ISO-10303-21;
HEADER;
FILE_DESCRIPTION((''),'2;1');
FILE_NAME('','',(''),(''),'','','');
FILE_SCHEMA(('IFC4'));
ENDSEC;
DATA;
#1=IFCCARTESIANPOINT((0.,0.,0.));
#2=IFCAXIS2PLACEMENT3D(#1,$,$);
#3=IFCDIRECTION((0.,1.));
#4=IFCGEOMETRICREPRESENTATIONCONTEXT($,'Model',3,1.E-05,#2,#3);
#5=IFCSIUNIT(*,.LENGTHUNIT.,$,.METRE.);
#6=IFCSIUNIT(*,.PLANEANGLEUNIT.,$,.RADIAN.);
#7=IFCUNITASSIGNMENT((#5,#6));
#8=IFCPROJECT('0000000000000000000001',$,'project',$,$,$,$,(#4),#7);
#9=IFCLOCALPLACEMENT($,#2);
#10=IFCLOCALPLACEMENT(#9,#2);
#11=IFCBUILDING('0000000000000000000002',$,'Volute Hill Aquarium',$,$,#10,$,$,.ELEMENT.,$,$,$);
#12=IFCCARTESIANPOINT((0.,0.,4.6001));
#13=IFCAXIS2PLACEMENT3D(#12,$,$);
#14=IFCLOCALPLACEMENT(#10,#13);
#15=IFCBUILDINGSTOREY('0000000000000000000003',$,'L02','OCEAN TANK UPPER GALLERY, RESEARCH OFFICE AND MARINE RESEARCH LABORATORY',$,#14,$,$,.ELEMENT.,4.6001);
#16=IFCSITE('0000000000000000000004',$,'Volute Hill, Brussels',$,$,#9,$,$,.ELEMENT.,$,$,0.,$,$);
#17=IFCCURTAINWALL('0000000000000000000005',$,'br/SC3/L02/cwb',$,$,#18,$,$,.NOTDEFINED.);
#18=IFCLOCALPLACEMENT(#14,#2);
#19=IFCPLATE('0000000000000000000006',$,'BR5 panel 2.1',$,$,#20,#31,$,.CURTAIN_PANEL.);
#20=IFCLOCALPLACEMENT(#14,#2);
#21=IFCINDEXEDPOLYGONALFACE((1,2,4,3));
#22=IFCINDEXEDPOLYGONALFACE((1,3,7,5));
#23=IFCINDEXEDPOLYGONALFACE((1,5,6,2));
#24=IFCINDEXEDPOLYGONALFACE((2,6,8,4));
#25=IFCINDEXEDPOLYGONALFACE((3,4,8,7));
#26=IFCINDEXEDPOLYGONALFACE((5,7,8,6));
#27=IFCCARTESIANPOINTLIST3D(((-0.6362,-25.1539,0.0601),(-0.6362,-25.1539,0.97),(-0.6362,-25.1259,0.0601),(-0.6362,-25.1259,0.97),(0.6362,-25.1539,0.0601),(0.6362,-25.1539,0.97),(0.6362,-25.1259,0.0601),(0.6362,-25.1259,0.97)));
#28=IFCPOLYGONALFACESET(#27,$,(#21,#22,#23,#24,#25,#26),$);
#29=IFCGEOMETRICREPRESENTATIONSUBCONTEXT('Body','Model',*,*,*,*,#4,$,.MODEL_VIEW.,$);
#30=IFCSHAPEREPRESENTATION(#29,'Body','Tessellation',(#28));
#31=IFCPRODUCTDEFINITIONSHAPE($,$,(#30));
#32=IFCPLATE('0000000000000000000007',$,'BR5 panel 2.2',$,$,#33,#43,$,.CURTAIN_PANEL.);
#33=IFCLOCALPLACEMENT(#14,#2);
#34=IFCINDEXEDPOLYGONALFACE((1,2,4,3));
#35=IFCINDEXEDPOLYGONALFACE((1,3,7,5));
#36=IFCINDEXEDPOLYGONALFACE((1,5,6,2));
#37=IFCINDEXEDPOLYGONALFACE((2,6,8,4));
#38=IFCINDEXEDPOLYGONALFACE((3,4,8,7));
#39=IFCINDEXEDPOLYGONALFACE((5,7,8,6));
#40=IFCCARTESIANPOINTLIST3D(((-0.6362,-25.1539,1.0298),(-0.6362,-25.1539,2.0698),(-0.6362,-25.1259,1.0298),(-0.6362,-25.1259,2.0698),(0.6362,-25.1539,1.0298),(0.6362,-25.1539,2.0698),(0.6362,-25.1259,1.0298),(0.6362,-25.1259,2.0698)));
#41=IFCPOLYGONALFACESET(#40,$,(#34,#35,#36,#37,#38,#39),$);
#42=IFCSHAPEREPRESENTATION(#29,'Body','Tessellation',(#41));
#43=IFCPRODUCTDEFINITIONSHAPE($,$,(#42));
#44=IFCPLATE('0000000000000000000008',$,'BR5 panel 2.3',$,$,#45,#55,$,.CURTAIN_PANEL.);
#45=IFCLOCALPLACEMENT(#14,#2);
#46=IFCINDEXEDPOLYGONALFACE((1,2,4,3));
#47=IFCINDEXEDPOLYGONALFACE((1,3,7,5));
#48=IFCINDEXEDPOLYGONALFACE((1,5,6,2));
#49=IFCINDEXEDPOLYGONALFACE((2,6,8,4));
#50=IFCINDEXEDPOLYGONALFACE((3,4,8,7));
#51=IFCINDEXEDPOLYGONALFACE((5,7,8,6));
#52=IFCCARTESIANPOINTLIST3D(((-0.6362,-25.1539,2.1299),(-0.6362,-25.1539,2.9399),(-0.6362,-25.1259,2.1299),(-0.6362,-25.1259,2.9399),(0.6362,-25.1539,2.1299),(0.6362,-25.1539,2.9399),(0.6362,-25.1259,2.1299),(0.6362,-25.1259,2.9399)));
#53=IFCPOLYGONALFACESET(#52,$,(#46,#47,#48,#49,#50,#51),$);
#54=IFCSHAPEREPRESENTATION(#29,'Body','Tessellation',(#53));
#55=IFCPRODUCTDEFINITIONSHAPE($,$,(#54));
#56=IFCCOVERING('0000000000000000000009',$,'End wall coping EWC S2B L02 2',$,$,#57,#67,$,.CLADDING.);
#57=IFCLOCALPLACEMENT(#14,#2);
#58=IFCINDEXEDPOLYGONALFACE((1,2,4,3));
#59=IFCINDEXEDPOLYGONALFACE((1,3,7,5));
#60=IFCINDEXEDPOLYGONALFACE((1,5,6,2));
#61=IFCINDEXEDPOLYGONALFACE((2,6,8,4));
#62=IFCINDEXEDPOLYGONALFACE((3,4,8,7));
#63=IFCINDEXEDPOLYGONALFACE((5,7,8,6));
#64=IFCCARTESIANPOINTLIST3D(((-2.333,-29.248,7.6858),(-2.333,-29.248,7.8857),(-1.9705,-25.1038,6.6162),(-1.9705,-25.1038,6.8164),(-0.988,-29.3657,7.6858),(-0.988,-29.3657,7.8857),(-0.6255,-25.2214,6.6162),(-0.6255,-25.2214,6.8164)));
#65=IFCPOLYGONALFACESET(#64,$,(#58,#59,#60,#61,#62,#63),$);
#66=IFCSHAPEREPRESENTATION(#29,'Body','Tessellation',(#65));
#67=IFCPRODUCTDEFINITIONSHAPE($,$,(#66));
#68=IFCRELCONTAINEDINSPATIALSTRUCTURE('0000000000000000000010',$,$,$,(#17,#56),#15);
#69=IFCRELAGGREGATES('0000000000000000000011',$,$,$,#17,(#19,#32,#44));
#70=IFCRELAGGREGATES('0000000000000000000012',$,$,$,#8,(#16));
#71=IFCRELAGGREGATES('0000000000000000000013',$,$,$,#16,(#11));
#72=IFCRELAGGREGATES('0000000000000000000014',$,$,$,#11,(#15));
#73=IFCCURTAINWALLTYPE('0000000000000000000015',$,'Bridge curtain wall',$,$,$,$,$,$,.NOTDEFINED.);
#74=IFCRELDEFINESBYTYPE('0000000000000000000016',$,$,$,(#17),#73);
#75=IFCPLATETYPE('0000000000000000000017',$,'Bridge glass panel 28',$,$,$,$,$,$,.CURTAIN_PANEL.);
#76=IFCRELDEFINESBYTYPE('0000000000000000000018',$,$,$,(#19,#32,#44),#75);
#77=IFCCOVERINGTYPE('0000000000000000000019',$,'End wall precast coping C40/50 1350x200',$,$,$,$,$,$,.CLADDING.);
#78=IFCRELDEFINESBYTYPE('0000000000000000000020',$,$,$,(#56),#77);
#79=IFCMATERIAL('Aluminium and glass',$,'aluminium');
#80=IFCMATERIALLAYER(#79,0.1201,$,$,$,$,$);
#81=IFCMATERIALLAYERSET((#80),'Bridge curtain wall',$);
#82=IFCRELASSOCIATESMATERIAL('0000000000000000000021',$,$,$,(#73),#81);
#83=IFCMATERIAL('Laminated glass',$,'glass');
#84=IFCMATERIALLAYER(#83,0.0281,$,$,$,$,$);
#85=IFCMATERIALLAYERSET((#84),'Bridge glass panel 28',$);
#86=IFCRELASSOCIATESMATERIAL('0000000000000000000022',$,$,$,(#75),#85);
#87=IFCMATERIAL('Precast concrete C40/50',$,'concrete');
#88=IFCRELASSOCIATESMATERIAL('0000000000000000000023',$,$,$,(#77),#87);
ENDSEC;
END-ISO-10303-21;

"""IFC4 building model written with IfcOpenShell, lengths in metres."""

from ifc_helpers import new_model, si_unit, direction, frame, origin, origin_2d, place, context, subcontext, project, spatial, polyline, rectangle, outline, extrude, material, layer, layer_set, type_object, element, aggregate, save


model = new_model("IFC4")

# Units and contexts
model_context = context("Model", 3, precision=1e-05, world=origin(), true_north=direction((0.0, 1.0)))
body_context = subcontext(model_context, "Body", "Model", "MODEL_VIEW")
ifc_project = project(units=[si_unit("LENGTHUNIT", "METRE"), si_unit("PLANEANGLEUNIT", "RADIAN")], contexts=[model_context])

# Site, building, storey
site_placement = place(None, origin())
site = spatial("IfcSite", under=ifc_project, at=site_placement, Name="Volute Hill, Brussels", CompositionType="ELEMENT", RefElevation=0.0)
building_placement = place(site_placement, origin())
building = spatial("IfcBuilding", under=site, at=building_placement, Name="Volute Hill Aquarium", CompositionType="ELEMENT")
storey_placement = place(building_placement, frame((0.0, 0.0, 4.6001)))
storey = spatial("IfcBuildingStorey", under=building, at=storey_placement, Name="L02", Description="OCEAN TANK UPPER GALLERY, RESEARCH OFFICE AND MARINE RESEARCH LABORATORY", CompositionType="ELEMENT", Elevation=4.6001)

# Curtain wall
ifc_material_1 = material(Name="Aluminium and glass", Category="aluminium")
ifc_layer_1 = layer(ifc_material_1, 0.1201)
ifc_layer_set_1 = layer_set([ifc_layer_1], Name="Bridge curtain wall")
curtain_wall_type = type_object("IfcCurtainWallType", Name="Bridge curtain wall", PredefinedType="NOTDEFINED", material=ifc_layer_set_1)
curtain_wall_placement = place(storey_placement, origin())
curtain_wall = element("IfcCurtainWall", 1, at=curtain_wall_placement, inside=storey, type_object=curtain_wall_type, Name="br/SC3/L02/cwb", PredefinedType="NOTDEFINED")

# Plates
ifc_material_2 = material(Name="Laminated glass", Category="glass")
ifc_layer_2 = layer(ifc_material_2, 0.0281)
ifc_layer_set_2 = layer_set([ifc_layer_2], Name="Bridge glass panel 28")
plate_type = type_object("IfcPlateType", Name="Bridge glass panel 28", PredefinedType="CURTAIN_PANEL", material=ifc_layer_set_2)
plate_1_placement = place(storey_placement, frame((0.0, -25.1399, 0.0601), z_axis=(0.0, 0.0, 1.0), x_axis=(1.0, 0.0, 0.0)))
plate_1 = element("IfcPlate", 2, at=plate_1_placement, type_object=plate_type, Name="BR5 panel 2.1", PredefinedType="CURTAIN_PANEL", context=body_context, shape_type="SweptSolid", body=[
    extrude(rectangle(XDim=1.2725, YDim=0.0281, at=origin_2d()), origin(), (0.0, 0.0, 1.0), 0.9099),
])
plate_2_placement = place(storey_placement, frame((0.0, -25.1399, 1.0298), z_axis=(0.0, 0.0, 1.0), x_axis=(1.0, 0.0, 0.0)))
plate_2 = element("IfcPlate", 3, at=plate_2_placement, type_object=plate_type, Name="BR5 panel 2.2", PredefinedType="CURTAIN_PANEL", context=body_context, shape_type="SweptSolid", body=[
    extrude(rectangle(XDim=1.2725, YDim=0.0281, at=origin_2d()), origin(), (0.0, 0.0, 1.0), 1.04),
])
plate_3_placement = place(storey_placement, frame((0.0, -25.1399, 2.1299), z_axis=(0.0, 0.0, 1.0), x_axis=(1.0, 0.0, 0.0)))
plate_3 = element("IfcPlate", 4, at=plate_3_placement, type_object=plate_type, Name="BR5 panel 2.3", PredefinedType="CURTAIN_PANEL", context=body_context, shape_type="SweptSolid", body=[
    extrude(rectangle(XDim=1.2725, YDim=0.0281, at=origin_2d()), origin(), (0.0, 0.0, 1.0), 0.8101),
])
aggregate(curtain_wall, [plate_1, plate_2, plate_3])

# Covering
ifc_material_3 = material(Name="Precast concrete C40/50", Category="concrete")
covering_type = type_object("IfcCoveringType", Name="End wall precast coping C40/50 1350x200", PredefinedType="CLADDING", material=ifc_material_3)
covering_placement = place(storey_placement, frame((-1.9705, -25.1038, 6.6162), z_axis=(-0.996195, 0.087149, 0.0), x_axis=(-0.084404, -0.964817, 0.249005)))
element("IfcCovering", 5, at=covering_placement, inside=storey, type_object=covering_type, Name="End wall coping EWC S2B L02 2", PredefinedType="CLADDING", context=body_context, shape_type="SweptSolid", body=[
    extrude(outline(polyline([(0.0, 0.0), (4.2954, 0.0), (4.3452, 0.1937), (0.0498, 0.1939), (0.0, 0.0)])), origin(), (0.0, 0.0, -1.0), 1.3501),
])

save(model, "model.ifc")
